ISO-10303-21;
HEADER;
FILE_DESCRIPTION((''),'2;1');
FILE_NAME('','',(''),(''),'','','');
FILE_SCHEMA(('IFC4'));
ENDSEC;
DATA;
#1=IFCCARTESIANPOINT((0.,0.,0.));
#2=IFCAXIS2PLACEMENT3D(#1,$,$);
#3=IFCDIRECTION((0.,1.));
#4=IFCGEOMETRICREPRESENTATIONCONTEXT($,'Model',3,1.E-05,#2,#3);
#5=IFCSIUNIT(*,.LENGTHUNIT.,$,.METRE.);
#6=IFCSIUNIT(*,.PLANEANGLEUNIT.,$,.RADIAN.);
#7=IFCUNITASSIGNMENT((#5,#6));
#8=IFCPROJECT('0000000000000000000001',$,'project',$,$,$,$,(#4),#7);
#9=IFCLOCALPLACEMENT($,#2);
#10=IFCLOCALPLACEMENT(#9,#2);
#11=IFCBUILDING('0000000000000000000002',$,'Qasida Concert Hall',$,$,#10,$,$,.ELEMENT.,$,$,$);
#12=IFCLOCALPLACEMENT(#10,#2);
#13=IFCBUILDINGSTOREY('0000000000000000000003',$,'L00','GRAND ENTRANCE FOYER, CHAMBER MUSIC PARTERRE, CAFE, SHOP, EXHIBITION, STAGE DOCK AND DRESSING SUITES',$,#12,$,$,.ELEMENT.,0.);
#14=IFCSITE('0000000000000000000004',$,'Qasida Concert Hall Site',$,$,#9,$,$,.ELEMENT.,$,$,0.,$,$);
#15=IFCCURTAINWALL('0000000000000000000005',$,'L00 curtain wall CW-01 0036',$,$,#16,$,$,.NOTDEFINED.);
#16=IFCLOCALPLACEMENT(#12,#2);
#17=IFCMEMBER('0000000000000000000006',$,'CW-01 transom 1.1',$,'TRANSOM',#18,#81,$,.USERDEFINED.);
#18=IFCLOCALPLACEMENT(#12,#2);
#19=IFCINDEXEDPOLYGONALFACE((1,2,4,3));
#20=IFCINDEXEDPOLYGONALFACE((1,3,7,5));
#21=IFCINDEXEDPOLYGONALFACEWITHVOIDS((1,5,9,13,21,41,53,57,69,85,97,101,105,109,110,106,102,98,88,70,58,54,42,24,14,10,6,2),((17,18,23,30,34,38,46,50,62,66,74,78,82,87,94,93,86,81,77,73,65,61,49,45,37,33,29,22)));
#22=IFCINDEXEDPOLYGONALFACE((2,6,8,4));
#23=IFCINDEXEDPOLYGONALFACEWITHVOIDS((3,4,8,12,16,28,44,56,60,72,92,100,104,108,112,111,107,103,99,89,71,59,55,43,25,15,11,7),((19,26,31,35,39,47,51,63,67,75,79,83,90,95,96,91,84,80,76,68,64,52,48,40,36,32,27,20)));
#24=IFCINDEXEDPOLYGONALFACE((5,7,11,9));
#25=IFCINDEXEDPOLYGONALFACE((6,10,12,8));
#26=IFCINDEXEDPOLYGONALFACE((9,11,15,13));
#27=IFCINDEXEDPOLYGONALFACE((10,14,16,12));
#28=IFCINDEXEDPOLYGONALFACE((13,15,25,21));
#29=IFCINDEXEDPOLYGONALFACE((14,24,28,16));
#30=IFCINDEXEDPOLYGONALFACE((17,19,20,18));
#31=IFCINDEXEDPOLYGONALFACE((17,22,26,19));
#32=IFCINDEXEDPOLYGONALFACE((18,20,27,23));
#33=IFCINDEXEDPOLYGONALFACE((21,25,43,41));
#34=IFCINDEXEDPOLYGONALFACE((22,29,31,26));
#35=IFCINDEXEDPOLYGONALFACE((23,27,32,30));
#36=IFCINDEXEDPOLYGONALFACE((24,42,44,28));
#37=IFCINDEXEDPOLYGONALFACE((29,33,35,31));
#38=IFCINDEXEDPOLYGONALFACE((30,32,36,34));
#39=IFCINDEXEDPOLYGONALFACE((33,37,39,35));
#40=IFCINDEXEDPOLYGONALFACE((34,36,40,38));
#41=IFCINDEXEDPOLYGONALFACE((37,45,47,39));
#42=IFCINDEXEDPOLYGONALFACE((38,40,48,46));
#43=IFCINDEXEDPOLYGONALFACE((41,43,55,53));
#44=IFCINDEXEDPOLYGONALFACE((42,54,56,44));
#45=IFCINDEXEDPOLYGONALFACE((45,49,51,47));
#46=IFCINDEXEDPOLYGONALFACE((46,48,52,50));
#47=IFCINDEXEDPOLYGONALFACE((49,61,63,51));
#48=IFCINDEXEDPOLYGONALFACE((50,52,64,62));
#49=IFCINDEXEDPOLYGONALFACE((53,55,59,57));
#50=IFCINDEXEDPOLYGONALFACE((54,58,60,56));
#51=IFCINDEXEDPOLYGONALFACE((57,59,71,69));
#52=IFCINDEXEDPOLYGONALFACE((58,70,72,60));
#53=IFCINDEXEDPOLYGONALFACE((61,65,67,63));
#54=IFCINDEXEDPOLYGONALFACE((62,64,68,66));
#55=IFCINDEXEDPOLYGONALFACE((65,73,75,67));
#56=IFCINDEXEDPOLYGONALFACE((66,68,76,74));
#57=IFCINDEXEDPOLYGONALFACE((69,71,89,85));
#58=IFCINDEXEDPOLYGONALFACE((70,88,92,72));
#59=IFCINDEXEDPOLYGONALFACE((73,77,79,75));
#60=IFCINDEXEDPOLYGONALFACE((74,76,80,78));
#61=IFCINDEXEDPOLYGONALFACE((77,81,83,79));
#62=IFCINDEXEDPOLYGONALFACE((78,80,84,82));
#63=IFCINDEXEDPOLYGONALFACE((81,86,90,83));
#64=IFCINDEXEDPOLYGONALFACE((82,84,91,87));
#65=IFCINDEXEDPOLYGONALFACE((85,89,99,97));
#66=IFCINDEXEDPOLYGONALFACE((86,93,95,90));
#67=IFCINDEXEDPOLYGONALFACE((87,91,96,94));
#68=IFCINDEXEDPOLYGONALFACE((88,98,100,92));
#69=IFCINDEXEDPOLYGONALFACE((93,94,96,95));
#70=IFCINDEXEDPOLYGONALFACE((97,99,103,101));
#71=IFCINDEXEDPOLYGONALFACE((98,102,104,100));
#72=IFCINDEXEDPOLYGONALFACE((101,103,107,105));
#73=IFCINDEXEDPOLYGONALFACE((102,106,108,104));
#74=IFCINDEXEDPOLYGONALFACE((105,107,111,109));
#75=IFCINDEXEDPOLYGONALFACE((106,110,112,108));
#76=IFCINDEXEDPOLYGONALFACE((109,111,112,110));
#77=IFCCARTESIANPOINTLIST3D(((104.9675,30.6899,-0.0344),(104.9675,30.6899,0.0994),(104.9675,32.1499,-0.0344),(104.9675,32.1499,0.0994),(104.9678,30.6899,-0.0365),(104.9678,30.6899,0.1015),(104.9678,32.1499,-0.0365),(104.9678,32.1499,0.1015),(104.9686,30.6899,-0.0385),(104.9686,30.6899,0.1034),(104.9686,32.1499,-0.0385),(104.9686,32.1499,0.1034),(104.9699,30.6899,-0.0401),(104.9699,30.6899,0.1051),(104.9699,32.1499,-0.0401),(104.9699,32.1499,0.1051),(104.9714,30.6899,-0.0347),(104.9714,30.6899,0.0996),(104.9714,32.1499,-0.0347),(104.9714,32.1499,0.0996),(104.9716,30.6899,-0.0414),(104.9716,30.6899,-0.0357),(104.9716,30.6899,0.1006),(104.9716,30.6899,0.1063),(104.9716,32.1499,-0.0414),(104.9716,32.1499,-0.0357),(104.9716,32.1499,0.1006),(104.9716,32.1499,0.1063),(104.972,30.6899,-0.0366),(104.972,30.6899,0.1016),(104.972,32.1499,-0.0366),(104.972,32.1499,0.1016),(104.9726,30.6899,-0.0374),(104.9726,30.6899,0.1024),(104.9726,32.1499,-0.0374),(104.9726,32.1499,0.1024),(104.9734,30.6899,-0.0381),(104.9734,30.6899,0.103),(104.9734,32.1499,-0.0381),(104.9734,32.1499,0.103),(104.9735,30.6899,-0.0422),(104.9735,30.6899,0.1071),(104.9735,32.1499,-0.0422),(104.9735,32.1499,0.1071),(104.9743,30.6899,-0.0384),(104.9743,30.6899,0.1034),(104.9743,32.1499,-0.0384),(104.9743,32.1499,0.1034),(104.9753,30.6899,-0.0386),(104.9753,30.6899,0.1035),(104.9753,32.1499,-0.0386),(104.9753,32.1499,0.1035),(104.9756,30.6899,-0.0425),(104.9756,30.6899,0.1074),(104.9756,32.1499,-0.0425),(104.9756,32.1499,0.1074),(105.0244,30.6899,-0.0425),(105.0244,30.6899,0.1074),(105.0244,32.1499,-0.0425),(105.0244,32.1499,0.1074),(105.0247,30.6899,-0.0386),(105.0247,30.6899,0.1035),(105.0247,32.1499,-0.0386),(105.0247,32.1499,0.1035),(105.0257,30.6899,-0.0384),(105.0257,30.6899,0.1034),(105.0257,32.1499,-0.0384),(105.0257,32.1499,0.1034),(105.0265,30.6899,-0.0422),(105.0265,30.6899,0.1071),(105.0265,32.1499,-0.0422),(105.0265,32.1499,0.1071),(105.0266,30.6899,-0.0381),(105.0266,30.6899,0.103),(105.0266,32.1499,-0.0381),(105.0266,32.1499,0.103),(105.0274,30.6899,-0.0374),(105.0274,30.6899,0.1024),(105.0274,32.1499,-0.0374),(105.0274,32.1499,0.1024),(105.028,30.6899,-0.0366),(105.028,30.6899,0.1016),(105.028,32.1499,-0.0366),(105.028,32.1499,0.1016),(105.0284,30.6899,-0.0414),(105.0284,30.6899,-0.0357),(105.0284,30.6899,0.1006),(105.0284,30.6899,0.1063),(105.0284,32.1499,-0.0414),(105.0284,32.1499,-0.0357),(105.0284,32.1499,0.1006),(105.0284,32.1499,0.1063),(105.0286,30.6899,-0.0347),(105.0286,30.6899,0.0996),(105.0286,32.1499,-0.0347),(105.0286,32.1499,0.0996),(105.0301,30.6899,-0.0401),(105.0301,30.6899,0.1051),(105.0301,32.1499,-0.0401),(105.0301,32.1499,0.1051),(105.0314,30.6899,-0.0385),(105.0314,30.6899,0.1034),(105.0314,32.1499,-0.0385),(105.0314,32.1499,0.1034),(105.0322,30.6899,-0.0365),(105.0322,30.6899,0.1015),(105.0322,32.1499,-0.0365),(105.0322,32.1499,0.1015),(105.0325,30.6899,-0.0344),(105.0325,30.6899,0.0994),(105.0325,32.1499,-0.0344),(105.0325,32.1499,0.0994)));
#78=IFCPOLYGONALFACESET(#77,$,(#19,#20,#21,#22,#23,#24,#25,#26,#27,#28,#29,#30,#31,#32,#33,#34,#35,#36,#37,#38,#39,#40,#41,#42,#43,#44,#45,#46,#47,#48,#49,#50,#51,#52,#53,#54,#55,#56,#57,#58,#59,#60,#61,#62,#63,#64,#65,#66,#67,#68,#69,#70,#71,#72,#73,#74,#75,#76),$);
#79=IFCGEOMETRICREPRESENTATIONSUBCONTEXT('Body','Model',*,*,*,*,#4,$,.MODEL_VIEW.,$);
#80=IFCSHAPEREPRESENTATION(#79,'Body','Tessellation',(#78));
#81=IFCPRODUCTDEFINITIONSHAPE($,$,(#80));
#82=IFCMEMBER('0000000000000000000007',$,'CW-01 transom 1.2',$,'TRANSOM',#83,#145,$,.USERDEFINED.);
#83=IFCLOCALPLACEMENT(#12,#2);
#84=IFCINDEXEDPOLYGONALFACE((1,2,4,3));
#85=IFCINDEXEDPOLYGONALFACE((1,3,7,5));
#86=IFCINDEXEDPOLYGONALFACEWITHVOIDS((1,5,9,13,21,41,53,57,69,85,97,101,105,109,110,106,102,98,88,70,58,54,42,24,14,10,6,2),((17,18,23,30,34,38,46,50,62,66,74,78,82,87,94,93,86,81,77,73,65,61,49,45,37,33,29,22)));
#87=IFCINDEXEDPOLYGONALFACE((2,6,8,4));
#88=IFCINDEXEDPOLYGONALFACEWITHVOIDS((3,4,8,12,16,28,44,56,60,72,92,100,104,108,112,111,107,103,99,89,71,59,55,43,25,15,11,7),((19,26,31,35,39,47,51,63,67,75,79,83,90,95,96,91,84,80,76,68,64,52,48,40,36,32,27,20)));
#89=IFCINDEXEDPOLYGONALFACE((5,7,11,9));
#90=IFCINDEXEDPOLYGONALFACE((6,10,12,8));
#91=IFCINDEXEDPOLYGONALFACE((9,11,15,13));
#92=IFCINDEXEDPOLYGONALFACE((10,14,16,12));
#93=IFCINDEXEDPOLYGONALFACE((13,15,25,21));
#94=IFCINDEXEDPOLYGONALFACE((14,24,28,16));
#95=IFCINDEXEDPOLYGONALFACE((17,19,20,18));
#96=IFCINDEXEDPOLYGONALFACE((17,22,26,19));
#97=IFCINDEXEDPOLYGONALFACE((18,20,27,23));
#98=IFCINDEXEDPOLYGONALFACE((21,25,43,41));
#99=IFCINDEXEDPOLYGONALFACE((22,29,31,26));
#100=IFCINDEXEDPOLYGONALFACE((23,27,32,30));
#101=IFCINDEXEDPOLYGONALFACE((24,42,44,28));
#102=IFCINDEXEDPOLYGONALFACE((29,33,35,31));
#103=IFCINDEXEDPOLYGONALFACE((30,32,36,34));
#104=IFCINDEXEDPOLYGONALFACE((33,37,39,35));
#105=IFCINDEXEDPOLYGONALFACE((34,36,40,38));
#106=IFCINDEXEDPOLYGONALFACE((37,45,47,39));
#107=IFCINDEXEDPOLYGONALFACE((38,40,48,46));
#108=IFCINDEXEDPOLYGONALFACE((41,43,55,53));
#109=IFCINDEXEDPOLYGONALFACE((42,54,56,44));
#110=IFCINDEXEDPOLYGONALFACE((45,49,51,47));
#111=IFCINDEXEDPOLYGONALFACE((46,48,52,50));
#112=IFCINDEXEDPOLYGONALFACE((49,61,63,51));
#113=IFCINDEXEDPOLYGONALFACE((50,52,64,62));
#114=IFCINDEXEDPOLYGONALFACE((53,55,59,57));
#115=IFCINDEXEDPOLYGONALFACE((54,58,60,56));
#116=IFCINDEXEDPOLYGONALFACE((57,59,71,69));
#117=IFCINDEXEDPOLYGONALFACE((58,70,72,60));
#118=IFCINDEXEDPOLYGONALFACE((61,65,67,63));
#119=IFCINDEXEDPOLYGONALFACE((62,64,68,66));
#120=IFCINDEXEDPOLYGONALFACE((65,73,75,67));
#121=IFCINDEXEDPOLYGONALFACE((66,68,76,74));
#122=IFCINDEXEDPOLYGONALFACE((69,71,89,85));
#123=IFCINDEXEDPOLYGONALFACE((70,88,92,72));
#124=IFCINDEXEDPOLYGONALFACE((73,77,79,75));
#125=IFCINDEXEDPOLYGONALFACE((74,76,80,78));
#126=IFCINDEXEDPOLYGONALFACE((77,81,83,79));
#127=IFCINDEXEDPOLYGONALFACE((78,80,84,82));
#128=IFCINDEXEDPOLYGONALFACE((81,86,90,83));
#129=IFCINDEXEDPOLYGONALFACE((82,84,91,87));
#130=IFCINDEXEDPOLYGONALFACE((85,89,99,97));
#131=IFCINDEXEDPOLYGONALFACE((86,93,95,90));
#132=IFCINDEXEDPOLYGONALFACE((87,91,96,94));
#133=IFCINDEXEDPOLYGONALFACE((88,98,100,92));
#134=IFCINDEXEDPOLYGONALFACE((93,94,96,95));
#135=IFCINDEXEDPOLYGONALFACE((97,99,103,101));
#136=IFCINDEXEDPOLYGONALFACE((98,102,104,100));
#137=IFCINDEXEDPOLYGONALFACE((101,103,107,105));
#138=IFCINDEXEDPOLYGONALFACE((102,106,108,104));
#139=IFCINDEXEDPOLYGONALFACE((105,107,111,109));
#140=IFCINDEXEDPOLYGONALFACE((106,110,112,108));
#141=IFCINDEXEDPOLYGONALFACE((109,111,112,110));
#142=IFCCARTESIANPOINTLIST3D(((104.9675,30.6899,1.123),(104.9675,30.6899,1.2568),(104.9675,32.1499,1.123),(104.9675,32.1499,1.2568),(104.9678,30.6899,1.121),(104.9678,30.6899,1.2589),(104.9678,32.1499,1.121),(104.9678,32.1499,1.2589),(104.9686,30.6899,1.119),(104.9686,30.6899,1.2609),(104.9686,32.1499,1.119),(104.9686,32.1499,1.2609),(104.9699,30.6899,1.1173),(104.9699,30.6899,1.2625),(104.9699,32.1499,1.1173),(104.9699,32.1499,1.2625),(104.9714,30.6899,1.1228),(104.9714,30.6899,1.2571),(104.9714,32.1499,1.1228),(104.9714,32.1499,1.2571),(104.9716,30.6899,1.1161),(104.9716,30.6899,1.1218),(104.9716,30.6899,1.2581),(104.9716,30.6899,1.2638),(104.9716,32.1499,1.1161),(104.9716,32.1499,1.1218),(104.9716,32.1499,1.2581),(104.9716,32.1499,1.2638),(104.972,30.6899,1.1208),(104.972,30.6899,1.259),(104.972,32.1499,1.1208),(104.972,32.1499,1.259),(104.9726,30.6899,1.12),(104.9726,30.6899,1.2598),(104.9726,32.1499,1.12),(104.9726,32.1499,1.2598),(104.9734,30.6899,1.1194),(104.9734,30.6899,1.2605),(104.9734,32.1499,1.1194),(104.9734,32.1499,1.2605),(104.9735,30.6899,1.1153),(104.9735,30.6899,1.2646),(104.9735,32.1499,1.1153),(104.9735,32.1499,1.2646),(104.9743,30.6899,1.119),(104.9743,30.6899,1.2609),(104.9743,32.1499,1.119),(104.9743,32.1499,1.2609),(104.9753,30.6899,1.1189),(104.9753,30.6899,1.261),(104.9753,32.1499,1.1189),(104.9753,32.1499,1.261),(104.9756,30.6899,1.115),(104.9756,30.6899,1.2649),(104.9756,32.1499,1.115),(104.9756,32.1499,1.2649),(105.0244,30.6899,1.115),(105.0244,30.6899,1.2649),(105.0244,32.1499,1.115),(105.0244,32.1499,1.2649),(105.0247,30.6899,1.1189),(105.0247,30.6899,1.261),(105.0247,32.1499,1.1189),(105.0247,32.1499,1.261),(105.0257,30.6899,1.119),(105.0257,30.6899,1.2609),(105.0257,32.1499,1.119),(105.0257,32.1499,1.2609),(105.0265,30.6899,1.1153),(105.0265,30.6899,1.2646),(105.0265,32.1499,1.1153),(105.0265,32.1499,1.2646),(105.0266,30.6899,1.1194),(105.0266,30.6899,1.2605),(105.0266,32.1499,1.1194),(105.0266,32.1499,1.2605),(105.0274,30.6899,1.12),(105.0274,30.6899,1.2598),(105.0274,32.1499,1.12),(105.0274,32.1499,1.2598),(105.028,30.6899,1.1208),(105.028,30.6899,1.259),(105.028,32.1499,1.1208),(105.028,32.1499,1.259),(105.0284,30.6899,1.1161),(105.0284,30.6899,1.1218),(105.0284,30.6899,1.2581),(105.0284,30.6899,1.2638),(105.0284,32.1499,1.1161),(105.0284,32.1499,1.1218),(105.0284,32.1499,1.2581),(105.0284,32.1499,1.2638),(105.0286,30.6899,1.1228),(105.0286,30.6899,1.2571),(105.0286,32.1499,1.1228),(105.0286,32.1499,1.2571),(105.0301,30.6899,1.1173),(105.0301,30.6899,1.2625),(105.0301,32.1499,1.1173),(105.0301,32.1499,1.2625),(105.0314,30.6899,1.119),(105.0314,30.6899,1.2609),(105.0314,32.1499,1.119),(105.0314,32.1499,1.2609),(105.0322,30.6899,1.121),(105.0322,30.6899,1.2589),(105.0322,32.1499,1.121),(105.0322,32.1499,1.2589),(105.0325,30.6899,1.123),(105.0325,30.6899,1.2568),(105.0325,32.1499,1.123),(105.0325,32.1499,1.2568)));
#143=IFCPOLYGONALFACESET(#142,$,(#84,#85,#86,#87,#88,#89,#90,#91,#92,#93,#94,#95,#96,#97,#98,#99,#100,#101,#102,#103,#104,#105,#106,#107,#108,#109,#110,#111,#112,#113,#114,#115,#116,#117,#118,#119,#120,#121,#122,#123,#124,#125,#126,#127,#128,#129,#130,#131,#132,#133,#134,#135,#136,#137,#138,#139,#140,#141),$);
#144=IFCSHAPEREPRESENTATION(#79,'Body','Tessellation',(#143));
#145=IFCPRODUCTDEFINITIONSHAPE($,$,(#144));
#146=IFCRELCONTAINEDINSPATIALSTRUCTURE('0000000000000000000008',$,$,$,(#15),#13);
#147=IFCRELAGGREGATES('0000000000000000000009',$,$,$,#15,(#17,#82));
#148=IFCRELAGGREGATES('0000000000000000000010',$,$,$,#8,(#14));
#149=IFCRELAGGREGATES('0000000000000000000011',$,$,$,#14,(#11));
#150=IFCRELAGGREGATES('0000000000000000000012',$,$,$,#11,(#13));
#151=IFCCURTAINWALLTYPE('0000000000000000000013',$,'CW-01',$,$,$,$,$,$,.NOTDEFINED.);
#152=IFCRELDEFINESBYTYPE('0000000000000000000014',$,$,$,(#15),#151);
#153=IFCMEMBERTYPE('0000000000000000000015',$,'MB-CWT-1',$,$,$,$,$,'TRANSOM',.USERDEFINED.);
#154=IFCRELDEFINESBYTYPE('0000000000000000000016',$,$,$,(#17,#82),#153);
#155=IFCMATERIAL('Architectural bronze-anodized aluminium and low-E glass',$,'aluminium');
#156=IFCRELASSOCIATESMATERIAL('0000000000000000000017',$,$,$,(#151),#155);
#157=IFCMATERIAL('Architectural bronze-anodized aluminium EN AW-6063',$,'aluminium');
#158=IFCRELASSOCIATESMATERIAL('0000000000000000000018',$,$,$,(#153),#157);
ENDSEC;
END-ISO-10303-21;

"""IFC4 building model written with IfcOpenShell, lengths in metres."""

from ifc_helpers import new_model, si_unit, direction, frame, origin, origin_2d, place, context, subcontext, project, spatial, hollow_rectangle, extrude, material, material_profile, profile_set, type_object, element, aggregate, save


model = new_model("IFC4")

# Units and contexts
model_context = context("Model", 3, precision=1e-05, world=origin(), true_north=direction((0.0, 1.0)))
body_context = subcontext(model_context, "Body", "Model", "MODEL_VIEW")
ifc_project = project(units=[si_unit("LENGTHUNIT", "METRE"), si_unit("PLANEANGLEUNIT", "RADIAN")], contexts=[model_context])

# Site, building, storey
site_placement = place(None, origin())
site = spatial("IfcSite", under=ifc_project, at=site_placement, Name="Qasida Concert Hall Site", CompositionType="ELEMENT", RefElevation=0.0)
building_placement = place(site_placement, origin())
building = spatial("IfcBuilding", under=site, at=building_placement, Name="Qasida Concert Hall", CompositionType="ELEMENT")
storey_placement = place(building_placement, origin())
storey = spatial("IfcBuildingStorey", under=building, at=storey_placement, Name="L00", Description="GRAND ENTRANCE FOYER, CHAMBER MUSIC PARTERRE, CAFE, SHOP, EXHIBITION, STAGE DOCK AND DRESSING SUITES", CompositionType="ELEMENT", Elevation=0.0)

# Curtain wall, members
ifc_material_1 = material(Name="Architectural bronze-anodized aluminium and low-E glass", Category="aluminium")
curtain_wall_type = type_object("IfcCurtainWallType", Name="CW-01", PredefinedType="NOTDEFINED", material=ifc_material_1)
curtain_wall_placement = place(storey_placement, origin())
curtain_wall = element("IfcCurtainWall", 1, at=curtain_wall_placement, inside=storey, type_object=curtain_wall_type, Name="L00 curtain wall CW-01 0036", PredefinedType="NOTDEFINED")
ifc_material_2 = material(Name="Architectural bronze-anodized aluminium EN AW-6063", Category="aluminium")
ifc_material_profile_1 = material_profile(ifc_material_2, hollow_rectangle(XDim=0.0649, YDim=0.1499, WallThickness=0.0039, InnerFilletRadius=0.0039, OuterFilletRadius=0.0081, at=origin_2d()), Name="CWT 150x65x4")
ifc_profile_set_1 = profile_set([ifc_material_profile_1], Name="Architectural bronze-anodized aluminium EN AW-6063")
member_type_1 = type_object("IfcMemberType", Name="MB-CWT-1", ElementType="TRANSOM", PredefinedType="USERDEFINED", material=ifc_profile_set_1)
member_1_placement = place(storey_placement, frame((105.0, 30.6899, 0.0325), z_axis=(0.0, 1.0, 0.0), x_axis=(-1.0, 0.0, 0.0)))
member_1 = element("IfcMember", 2, at=member_1_placement, type_object=member_type_1, Name="CW-01 transom 1.1", ObjectType="TRANSOM", PredefinedType="USERDEFINED", context=body_context, shape_type="SweptSolid", body=[
    extrude(hollow_rectangle(XDim=0.0649, YDim=0.1499, WallThickness=0.0039, InnerFilletRadius=0.0039, OuterFilletRadius=0.0081, at=origin_2d()), origin(), (0.0, 0.0, 1.0), 1.46),
])
member_2_placement = place(storey_placement, frame((105.0, 30.6899, 1.1899), z_axis=(0.0, 1.0, 0.0), x_axis=(-1.0, 0.0, 0.0)))
member_2 = element("IfcMember", 3, at=member_2_placement, type_object=member_type_1, Name="CW-01 transom 1.2", ObjectType="TRANSOM", PredefinedType="USERDEFINED", context=body_context, shape_type="SweptSolid", body=[
    extrude(hollow_rectangle(XDim=0.0649, YDim=0.1499, WallThickness=0.0039, InnerFilletRadius=0.0039, OuterFilletRadius=0.0081, at=origin_2d()), origin(), (0.0, 0.0, 1.0), 1.46),
])
aggregate(curtain_wall, [member_1, member_2])

save(model, "model.ifc")
